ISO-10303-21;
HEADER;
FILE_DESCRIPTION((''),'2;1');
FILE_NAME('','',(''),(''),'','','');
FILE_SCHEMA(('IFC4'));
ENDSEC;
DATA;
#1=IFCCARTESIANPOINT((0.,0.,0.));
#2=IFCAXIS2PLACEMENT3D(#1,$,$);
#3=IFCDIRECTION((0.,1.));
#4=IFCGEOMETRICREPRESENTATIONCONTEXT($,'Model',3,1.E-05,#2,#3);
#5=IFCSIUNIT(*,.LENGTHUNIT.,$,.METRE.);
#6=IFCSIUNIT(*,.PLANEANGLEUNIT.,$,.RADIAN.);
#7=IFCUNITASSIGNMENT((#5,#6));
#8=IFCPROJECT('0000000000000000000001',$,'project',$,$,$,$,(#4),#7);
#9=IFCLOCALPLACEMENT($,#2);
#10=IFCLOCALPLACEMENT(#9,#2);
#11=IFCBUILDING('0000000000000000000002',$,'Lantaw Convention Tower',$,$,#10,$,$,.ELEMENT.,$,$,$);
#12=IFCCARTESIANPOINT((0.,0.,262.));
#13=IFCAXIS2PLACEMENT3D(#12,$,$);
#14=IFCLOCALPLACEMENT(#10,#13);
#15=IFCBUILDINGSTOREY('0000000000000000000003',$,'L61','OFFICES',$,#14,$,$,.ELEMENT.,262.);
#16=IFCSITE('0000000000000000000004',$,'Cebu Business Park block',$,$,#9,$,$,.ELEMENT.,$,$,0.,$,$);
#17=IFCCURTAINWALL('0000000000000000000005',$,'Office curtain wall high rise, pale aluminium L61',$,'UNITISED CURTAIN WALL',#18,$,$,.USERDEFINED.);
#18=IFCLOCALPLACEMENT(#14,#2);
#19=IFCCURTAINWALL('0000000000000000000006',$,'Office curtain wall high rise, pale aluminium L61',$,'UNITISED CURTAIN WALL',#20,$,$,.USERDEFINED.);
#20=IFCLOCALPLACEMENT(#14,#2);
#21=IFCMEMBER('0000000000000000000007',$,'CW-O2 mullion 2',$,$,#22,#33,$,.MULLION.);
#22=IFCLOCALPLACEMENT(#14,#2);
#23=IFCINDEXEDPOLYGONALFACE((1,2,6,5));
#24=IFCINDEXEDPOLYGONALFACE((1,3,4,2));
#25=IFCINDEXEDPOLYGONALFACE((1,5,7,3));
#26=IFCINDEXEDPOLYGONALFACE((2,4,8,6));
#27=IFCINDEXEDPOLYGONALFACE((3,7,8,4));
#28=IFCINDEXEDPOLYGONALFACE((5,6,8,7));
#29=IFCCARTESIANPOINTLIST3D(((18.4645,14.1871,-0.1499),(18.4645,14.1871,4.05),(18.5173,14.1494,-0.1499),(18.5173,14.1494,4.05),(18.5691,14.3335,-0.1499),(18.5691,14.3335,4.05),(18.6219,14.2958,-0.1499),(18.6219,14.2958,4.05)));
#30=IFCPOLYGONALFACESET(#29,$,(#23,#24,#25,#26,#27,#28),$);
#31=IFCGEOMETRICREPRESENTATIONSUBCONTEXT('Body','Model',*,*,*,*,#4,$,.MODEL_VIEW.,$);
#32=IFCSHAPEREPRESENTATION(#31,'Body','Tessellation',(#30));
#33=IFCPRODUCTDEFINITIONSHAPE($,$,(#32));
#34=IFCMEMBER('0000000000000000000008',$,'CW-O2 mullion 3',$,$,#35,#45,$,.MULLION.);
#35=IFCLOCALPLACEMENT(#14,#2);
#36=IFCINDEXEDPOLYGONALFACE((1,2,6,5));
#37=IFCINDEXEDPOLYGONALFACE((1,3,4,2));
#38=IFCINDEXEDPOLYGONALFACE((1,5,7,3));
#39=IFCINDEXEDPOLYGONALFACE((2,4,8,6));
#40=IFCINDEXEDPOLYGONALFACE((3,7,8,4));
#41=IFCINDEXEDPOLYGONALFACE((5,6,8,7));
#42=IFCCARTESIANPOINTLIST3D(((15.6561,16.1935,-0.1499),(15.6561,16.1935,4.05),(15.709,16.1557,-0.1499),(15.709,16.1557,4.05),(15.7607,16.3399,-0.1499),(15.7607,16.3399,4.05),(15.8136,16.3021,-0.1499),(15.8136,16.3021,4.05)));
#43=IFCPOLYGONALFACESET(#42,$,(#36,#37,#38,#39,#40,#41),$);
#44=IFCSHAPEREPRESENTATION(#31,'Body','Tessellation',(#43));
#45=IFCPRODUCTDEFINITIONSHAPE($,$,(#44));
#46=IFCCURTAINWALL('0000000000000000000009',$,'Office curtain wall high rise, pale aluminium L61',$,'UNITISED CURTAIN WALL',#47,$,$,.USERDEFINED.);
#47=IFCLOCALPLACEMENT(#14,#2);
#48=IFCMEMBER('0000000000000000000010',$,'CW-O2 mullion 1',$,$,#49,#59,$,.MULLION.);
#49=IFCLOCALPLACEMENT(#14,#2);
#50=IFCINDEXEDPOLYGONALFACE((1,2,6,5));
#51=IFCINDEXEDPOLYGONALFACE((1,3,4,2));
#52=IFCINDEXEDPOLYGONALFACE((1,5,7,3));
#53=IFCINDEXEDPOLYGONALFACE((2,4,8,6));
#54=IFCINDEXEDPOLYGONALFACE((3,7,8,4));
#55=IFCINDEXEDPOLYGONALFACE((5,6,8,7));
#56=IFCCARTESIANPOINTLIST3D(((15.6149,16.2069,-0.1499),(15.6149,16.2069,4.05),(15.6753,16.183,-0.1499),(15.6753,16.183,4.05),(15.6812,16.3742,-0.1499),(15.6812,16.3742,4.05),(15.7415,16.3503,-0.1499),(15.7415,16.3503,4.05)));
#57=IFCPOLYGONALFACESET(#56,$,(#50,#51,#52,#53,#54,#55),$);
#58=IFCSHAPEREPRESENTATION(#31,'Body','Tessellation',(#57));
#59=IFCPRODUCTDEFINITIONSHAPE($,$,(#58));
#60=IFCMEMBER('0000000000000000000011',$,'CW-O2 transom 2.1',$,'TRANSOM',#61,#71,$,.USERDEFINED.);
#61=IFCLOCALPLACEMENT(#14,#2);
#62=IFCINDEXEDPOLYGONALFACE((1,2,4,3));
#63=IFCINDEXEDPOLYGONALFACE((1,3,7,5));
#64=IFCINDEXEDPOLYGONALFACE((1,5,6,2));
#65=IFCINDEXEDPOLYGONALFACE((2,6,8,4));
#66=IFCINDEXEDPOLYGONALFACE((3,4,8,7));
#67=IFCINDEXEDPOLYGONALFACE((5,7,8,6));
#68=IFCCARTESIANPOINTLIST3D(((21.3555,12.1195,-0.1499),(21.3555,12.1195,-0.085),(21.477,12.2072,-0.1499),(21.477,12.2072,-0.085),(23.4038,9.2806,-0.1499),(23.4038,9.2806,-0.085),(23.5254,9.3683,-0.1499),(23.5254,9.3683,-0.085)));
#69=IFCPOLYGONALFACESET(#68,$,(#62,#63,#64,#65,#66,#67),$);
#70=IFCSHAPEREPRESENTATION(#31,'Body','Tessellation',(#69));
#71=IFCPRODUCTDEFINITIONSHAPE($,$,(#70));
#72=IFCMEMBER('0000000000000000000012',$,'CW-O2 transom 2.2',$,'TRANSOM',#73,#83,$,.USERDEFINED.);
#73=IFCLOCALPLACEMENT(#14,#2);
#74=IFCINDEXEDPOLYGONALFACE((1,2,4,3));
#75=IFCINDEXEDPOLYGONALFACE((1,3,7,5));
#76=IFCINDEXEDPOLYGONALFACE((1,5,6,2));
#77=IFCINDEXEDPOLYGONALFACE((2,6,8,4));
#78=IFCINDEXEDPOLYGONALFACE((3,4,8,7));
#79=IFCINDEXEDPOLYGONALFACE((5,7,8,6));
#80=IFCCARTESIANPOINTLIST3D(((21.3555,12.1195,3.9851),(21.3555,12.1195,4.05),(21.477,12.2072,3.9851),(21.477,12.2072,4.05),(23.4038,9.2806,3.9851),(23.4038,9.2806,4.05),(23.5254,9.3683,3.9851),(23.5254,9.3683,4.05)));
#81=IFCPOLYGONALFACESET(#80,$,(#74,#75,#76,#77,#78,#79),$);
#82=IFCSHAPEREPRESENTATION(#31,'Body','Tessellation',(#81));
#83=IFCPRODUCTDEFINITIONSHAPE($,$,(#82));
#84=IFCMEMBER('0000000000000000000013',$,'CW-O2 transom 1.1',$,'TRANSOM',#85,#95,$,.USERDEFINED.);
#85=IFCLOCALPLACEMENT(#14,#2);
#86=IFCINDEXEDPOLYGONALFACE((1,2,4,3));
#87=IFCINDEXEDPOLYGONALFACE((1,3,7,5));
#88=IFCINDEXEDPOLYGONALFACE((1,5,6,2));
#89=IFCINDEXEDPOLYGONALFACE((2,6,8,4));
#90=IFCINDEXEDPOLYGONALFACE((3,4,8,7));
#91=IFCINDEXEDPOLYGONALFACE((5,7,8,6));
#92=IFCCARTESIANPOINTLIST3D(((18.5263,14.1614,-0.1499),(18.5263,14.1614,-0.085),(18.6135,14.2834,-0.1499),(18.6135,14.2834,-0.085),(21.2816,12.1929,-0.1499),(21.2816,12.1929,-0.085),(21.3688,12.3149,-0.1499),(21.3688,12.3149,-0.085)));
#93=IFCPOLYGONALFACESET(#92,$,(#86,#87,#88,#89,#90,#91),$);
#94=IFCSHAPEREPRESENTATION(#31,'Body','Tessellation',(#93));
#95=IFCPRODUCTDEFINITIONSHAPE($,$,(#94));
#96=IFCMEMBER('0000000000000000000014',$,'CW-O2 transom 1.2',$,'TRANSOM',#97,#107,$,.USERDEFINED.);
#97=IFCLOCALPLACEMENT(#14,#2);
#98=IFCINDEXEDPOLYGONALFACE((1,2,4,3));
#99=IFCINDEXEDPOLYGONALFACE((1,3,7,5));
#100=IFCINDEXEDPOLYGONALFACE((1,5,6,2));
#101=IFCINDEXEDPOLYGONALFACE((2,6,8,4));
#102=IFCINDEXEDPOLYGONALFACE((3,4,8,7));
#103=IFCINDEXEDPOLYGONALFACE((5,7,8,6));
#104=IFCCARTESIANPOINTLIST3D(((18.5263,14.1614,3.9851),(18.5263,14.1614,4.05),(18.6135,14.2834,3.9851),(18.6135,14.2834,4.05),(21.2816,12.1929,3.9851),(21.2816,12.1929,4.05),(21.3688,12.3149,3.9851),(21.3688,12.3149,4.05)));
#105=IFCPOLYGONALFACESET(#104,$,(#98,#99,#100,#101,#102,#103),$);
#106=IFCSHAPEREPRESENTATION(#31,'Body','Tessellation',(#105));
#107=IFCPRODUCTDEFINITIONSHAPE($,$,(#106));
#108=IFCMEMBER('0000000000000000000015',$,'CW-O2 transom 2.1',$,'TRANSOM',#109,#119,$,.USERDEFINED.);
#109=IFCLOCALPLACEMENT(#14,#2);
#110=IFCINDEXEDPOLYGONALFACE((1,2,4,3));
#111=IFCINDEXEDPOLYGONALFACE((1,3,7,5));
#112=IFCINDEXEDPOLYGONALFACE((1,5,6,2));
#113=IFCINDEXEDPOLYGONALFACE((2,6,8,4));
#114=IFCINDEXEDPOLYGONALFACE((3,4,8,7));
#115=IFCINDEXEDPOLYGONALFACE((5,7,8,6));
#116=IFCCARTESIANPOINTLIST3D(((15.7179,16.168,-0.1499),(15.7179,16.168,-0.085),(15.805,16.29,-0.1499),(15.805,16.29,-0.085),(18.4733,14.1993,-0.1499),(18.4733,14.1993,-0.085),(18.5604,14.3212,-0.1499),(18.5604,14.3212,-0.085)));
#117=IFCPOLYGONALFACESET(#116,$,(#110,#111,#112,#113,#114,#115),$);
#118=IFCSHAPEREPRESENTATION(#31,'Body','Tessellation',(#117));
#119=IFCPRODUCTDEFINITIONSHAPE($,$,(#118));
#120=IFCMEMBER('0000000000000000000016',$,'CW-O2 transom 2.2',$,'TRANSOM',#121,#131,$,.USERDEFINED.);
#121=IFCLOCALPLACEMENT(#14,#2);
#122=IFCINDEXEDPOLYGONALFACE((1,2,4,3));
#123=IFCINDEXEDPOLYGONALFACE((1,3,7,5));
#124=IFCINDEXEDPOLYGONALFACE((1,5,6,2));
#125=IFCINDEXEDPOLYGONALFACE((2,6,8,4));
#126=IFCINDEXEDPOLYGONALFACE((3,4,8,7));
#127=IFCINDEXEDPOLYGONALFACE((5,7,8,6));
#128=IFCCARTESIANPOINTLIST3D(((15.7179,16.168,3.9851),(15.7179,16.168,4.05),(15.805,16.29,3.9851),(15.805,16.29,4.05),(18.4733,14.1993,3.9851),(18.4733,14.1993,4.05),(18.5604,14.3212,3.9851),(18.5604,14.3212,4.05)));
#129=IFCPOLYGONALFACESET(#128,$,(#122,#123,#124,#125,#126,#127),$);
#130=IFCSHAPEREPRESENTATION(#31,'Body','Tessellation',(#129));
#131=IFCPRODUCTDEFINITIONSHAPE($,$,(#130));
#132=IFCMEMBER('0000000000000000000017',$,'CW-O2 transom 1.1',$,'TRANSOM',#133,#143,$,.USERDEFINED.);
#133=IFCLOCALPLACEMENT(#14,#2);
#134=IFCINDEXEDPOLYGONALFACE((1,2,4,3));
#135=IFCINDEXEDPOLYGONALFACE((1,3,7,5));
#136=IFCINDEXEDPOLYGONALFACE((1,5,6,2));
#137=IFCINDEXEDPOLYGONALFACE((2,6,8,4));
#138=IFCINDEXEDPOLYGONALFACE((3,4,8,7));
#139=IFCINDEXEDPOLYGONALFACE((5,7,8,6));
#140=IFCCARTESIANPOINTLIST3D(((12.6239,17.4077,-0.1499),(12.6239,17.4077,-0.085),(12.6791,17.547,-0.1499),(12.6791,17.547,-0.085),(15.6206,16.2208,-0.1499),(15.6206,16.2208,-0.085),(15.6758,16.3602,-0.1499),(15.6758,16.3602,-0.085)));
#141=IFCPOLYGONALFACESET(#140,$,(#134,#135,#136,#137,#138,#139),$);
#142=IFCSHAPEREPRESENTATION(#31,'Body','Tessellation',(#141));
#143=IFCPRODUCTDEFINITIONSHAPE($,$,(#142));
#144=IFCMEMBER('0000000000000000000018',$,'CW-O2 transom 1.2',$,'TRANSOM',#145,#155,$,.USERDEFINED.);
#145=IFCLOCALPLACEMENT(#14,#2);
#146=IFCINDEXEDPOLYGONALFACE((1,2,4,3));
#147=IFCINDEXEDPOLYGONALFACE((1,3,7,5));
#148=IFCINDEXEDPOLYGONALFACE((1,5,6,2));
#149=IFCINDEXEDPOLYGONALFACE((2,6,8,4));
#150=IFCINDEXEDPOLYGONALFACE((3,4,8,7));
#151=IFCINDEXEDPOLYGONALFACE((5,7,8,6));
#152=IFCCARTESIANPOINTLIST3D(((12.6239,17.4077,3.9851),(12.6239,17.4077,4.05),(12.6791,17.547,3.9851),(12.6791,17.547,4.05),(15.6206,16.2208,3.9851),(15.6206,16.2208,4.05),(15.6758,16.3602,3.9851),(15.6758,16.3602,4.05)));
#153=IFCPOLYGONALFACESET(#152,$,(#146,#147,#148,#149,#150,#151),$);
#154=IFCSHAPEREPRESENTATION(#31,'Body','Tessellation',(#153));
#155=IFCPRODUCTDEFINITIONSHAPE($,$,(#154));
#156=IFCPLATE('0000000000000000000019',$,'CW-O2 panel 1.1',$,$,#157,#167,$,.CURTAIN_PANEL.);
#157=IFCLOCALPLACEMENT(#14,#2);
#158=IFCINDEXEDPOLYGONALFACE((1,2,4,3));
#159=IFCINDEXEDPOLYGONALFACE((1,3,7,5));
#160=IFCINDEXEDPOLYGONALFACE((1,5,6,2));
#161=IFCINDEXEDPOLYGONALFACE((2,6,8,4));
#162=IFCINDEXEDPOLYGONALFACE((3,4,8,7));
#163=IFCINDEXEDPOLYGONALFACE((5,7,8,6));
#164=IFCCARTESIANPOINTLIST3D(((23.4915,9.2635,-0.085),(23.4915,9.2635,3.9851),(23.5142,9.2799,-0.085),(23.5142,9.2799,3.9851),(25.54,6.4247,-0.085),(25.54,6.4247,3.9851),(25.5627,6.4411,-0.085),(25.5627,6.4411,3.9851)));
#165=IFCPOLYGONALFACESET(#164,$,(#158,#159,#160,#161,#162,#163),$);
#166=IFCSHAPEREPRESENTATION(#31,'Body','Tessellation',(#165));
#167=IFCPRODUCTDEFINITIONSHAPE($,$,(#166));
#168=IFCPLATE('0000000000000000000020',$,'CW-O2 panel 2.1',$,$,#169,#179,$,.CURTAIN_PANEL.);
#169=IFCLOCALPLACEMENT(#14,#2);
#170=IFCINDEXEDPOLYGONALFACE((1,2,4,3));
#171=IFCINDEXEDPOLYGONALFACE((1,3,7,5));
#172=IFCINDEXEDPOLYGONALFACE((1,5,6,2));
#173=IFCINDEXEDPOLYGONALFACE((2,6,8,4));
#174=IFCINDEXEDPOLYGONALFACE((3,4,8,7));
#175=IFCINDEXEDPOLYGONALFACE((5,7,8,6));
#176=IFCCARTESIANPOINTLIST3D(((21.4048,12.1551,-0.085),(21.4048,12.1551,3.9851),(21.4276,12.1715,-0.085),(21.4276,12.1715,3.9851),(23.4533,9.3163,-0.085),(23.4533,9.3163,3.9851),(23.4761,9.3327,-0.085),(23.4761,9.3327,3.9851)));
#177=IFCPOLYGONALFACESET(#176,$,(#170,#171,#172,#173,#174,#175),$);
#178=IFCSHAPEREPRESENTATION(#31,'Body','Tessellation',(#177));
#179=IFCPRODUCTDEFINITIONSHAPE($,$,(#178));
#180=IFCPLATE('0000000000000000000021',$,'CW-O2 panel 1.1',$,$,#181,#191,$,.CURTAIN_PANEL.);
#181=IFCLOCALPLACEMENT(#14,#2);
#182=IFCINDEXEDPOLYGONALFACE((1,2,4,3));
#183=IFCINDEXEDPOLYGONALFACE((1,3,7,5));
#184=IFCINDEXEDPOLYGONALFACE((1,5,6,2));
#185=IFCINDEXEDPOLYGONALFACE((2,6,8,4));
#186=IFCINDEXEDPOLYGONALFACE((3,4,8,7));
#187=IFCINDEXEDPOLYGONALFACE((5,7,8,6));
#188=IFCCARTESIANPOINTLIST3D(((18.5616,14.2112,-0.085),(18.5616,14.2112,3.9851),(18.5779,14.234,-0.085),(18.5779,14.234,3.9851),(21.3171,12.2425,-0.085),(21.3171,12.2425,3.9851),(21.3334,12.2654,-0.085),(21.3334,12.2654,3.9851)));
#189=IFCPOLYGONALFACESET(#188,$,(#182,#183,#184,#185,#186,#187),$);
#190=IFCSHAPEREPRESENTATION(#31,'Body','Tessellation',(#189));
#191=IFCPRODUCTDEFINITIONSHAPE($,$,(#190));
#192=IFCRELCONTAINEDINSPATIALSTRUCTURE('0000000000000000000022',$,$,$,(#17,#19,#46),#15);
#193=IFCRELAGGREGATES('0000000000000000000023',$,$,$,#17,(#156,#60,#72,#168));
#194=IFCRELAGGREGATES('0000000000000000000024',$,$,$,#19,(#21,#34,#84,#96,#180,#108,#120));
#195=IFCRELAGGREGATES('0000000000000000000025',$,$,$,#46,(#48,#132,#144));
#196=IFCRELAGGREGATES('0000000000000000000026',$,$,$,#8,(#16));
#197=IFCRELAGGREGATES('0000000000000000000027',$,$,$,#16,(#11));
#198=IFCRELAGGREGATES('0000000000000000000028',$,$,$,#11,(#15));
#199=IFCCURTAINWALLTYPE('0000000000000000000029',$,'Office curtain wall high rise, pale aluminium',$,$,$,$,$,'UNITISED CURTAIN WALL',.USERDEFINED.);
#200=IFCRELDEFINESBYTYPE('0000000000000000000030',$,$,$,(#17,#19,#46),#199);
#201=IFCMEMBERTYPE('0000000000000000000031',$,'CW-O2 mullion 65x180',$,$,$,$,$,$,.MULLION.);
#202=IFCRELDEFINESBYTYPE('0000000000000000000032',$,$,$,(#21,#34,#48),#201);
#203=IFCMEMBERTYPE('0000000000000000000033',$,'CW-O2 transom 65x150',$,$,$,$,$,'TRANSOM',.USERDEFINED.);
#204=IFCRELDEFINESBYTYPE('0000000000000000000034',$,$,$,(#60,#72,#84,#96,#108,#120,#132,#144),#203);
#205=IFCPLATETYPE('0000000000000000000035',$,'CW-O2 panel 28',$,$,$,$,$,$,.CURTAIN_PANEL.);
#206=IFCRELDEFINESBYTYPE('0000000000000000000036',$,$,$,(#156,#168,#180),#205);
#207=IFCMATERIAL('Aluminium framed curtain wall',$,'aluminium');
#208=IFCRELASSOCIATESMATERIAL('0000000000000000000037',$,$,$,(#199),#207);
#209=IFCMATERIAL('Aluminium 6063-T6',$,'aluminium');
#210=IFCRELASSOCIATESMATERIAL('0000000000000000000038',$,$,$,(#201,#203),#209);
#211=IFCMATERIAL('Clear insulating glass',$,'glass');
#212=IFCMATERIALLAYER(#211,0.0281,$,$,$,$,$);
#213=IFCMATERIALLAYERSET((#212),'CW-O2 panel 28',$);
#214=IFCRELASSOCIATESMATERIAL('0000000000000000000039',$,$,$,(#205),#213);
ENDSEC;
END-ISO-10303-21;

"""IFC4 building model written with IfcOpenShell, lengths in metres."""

from ifc_helpers import new_model, si_unit, direction, frame, origin, origin_2d, place, context, subcontext, project, spatial, rectangle, extrude, material, layer, layer_set, material_profile, profile_set, type_object, element, aggregate, save


model = new_model("IFC4")

# Units and contexts
model_context = context("Model", 3, precision=1e-05, world=origin(), true_north=direction((0.0, 1.0)))
body_context = subcontext(model_context, "Body", "Model", "MODEL_VIEW")
ifc_project = project(units=[si_unit("LENGTHUNIT", "METRE"), si_unit("PLANEANGLEUNIT", "RADIAN")], contexts=[model_context])

# Site, building, storey
site_placement = place(None, origin())
site = spatial("IfcSite", under=ifc_project, at=site_placement, Name="Cebu Business Park block", CompositionType="ELEMENT", RefElevation=0.0)
building_placement = place(site_placement, origin())
building = spatial("IfcBuilding", under=site, at=building_placement, Name="Lantaw Convention Tower", CompositionType="ELEMENT")
storey_placement = place(building_placement, frame((0.0, 0.0, 262.0)))
storey = spatial("IfcBuildingStorey", under=building, at=storey_placement, Name="L61", Description="OFFICES", CompositionType="ELEMENT", Elevation=262.0)

# Curtain walls, members
ifc_material_1 = material(Name="Aluminium framed curtain wall", Category="aluminium")
curtain_wall_type = type_object("IfcCurtainWallType", Name="Office curtain wall high rise, pale aluminium", ElementType="UNITISED CURTAIN WALL", PredefinedType="USERDEFINED", material=ifc_material_1)
curtain_wall_1_placement = place(storey_placement, origin())
curtain_wall_1 = element("IfcCurtainWall", 1, at=curtain_wall_1_placement, inside=storey, type_object=curtain_wall_type, Name="Office curtain wall high rise, pale aluminium L61", ObjectType="UNITISED CURTAIN WALL", PredefinedType="USERDEFINED")
ifc_material_2 = material(Name="Aluminium 6063-T6", Category="aluminium")
ifc_material_profile_1 = material_profile(ifc_material_2, rectangle(XDim=0.1799, YDim=0.0649, at=origin_2d()), Name="CW-O2 mullion 65x180")
ifc_profile_set_1 = profile_set([ifc_material_profile_1], Name="Aluminium 6063-T6")
member_type_1 = type_object("IfcMemberType", Name="CW-O2 mullion 65x180", PredefinedType="MULLION", material=ifc_profile_set_1)
curtain_wall_2_placement = place(storey_placement, origin())
curtain_wall_2 = element("IfcCurtainWall", 2, at=curtain_wall_2_placement, inside=storey, type_object=curtain_wall_type, Name="Office curtain wall high rise, pale aluminium L61", ObjectType="UNITISED CURTAIN WALL", PredefinedType="USERDEFINED")
member_1_placement = place(storey_placement, frame((18.5432, 14.2415, -0.1499), z_axis=(0.0, 0.0, 1.0), x_axis=(-0.581323, -0.813673, 0.0)))
member_1 = element("IfcMember", 3, at=member_1_placement, type_object=member_type_1, Name="CW-O2 mullion 2", PredefinedType="MULLION", context=body_context, shape_type="SweptSolid", body=[
    extrude(rectangle(XDim=0.1799, YDim=0.0649, at=origin_2d()), origin(), (0.0, 0.0, 1.0), 4.2),
])
member_2_placement = place(storey_placement, frame((15.7349, 16.2478, -0.1499), z_axis=(0.0, 0.0, 1.0), x_axis=(-0.581323, -0.813673, 0.0)))
member_2 = element("IfcMember", 4, at=member_2_placement, type_object=member_type_1, Name="CW-O2 mullion 3", PredefinedType="MULLION", context=body_context, shape_type="SweptSolid", body=[
    extrude(rectangle(XDim=0.1799, YDim=0.0649, at=origin_2d()), origin(), (0.0, 0.0, 1.0), 4.2),
])

# Curtain wall, member
curtain_wall_3_placement = place(storey_placement, origin())
curtain_wall_3 = element("IfcCurtainWall", 5, at=curtain_wall_3_placement, inside=storey, type_object=curtain_wall_type, Name="Office curtain wall high rise, pale aluminium L61", ObjectType="UNITISED CURTAIN WALL", PredefinedType="USERDEFINED")
member_3_placement = place(storey_placement, frame((15.6782, 16.2786, -0.1499), z_axis=(0.0, 0.0, 1.0), x_axis=(-0.368162, -0.929762, 0.0)))
member_3 = element("IfcMember", 6, at=member_3_placement, type_object=member_type_1, Name="CW-O2 mullion 1", PredefinedType="MULLION", context=body_context, shape_type="SweptSolid", body=[
    extrude(rectangle(XDim=0.1799, YDim=0.0649, at=origin_2d()), origin(), (0.0, 0.0, 1.0), 4.2),
])

# Members
ifc_material_profile_2 = material_profile(ifc_material_2, rectangle(XDim=0.1499, YDim=0.0649, at=origin_2d()), Name="CW-O2 transom 65x150")
ifc_profile_set_2 = profile_set([ifc_material_profile_2], Name="Aluminium 6063-T6")
member_type_2 = type_object("IfcMemberType", Name="CW-O2 transom 65x150", ElementType="TRANSOM", PredefinedType="USERDEFINED", material=ifc_profile_set_2)
member_4_placement = place(storey_placement, frame((23.4646, 9.3245, -0.1174), z_axis=(-0.585124, 0.810944, 0.0), x_axis=(-0.810944, -0.585124, 0.0)))
member_4 = element("IfcMember", 7, at=member_4_placement, type_object=member_type_2, Name="CW-O2 transom 2.1", ObjectType="TRANSOM", PredefinedType="USERDEFINED", context=body_context, shape_type="SweptSolid", body=[
    extrude(rectangle(XDim=0.1499, YDim=0.0649, at=origin_2d()), origin(), (0.0, 0.0, 1.0), 3.5007),
])
member_5_placement = place(storey_placement, frame((23.4646, 9.3245, 4.0176), z_axis=(-0.585124, 0.810944, 0.0), x_axis=(-0.810944, -0.585124, 0.0)))
member_5 = element("IfcMember", 8, at=member_5_placement, type_object=member_type_2, Name="CW-O2 transom 2.2", ObjectType="TRANSOM", PredefinedType="USERDEFINED", context=body_context, shape_type="SweptSolid", body=[
    extrude(rectangle(XDim=0.1499, YDim=0.0649, at=origin_2d()), origin(), (0.0, 0.0, 1.0), 3.5007),
])
member_6_placement = place(storey_placement, frame((21.3252, 12.2539, -0.1174), z_axis=(-0.81368, 0.581313, 0.0), x_axis=(-0.581313, -0.81368, 0.0)))
member_6 = element("IfcMember", 9, at=member_6_placement, type_object=member_type_2, Name="CW-O2 transom 1.1", ObjectType="TRANSOM", PredefinedType="USERDEFINED", context=body_context, shape_type="SweptSolid", body=[
    extrude(rectangle(XDim=0.1499, YDim=0.0649, at=origin_2d()), origin(), (0.0, 0.0, 1.0), 3.3862),
])
member_7_placement = place(storey_placement, frame((21.3252, 12.2539, 4.0176), z_axis=(-0.81368, 0.581313, 0.0), x_axis=(-0.581313, -0.81368, 0.0)))
member_7 = element("IfcMember", 10, at=member_7_placement, type_object=member_type_2, Name="CW-O2 transom 1.2", ObjectType="TRANSOM", PredefinedType="USERDEFINED", context=body_context, shape_type="SweptSolid", body=[
    extrude(rectangle(XDim=0.1499, YDim=0.0649, at=origin_2d()), origin(), (0.0, 0.0, 1.0), 3.3862),
])
member_8_placement = place(storey_placement, frame((18.5168, 14.2603, -0.1174), z_axis=(-0.813646, 0.581361, 0.0), x_axis=(-0.581361, -0.813646, 0.0)))
member_8 = element("IfcMember", 11, at=member_8_placement, type_object=member_type_2, Name="CW-O2 transom 2.1", ObjectType="TRANSOM", PredefinedType="USERDEFINED", context=body_context, shape_type="SweptSolid", body=[
    extrude(rectangle(XDim=0.1499, YDim=0.0649, at=origin_2d()), origin(), (0.0, 0.0, 1.0), 3.3865),
])
member_9_placement = place(storey_placement, frame((18.5168, 14.2603, 4.0176), z_axis=(-0.813646, 0.581361, 0.0), x_axis=(-0.581361, -0.813646, 0.0)))
member_9 = element("IfcMember", 12, at=member_9_placement, type_object=member_type_2, Name="CW-O2 transom 2.2", ObjectType="TRANSOM", PredefinedType="USERDEFINED", context=body_context, shape_type="SweptSolid", body=[
    extrude(rectangle(XDim=0.1499, YDim=0.0649, at=origin_2d()), origin(), (0.0, 0.0, 1.0), 3.3865),
])
member_10_placement = place(storey_placement, frame((15.6482, 16.2905, -0.1174), z_axis=(-0.929741, 0.368215, 0.0), x_axis=(-0.368215, -0.929741, 0.0)))
member_10 = element("IfcMember", 13, at=member_10_placement, type_object=member_type_2, Name="CW-O2 transom 1.1", ObjectType="TRANSOM", PredefinedType="USERDEFINED", context=body_context, shape_type="SweptSolid", body=[
    extrude(rectangle(XDim=0.1499, YDim=0.0649, at=origin_2d()), origin(), (0.0, 0.0, 1.0), 3.2231),
])
member_11_placement = place(storey_placement, frame((15.6482, 16.2905, 4.0176), z_axis=(-0.929741, 0.368215, 0.0), x_axis=(-0.368215, -0.929741, 0.0)))
member_11 = element("IfcMember", 14, at=member_11_placement, type_object=member_type_2, Name="CW-O2 transom 1.2", ObjectType="TRANSOM", PredefinedType="USERDEFINED", context=body_context, shape_type="SweptSolid", body=[
    extrude(rectangle(XDim=0.1499, YDim=0.0649, at=origin_2d()), origin(), (0.0, 0.0, 1.0), 3.2231),
])

# Plates
ifc_material_3 = material(Name="Clear insulating glass", Category="glass")
ifc_layer_1 = layer(ifc_material_3, 0.0281)
ifc_layer_set_1 = layer_set([ifc_layer_1], Name="CW-O2 panel 28")
plate_type_1 = type_object("IfcPlateType", Name="CW-O2 panel 28", PredefinedType="CURTAIN_PANEL", material=ifc_layer_set_1)
plate_1_placement = place(storey_placement, frame((24.5271, 7.8523, -0.085), z_axis=(0.0, 0.0, 1.0), x_axis=(-0.585158, 0.81092, 0.0)))
plate_1 = element("IfcPlate", 15, at=plate_1_placement, type_object=plate_type_1, Name="CW-O2 panel 1.1", PredefinedType="CURTAIN_PANEL", context=body_context, shape_type="SweptSolid", body=[
    extrude(rectangle(XDim=3.5007, YDim=0.0281, at=origin_2d()), origin(), (0.0, 0.0, 1.0), 4.0701),
])
plate_2_placement = place(storey_placement, frame((22.4404, 10.7439, -0.085), z_axis=(0.0, 0.0, 1.0), x_axis=(-0.585158, 0.81092, 0.0)))
plate_2 = element("IfcPlate", 16, at=plate_2_placement, type_object=plate_type_1, Name="CW-O2 panel 2.1", PredefinedType="CURTAIN_PANEL", context=body_context, shape_type="SweptSolid", body=[
    extrude(rectangle(XDim=3.5007, YDim=0.0281, at=origin_2d()), origin(), (0.0, 0.0, 1.0), 4.0701),
])
aggregate(curtain_wall_1, [plate_1, member_4, member_5, plate_2])
plate_3_placement = place(storey_placement, frame((19.9475, 13.2383, -0.085), z_axis=(0.0, 0.0, 1.0), x_axis=(-0.813673, 0.581323, 0.0)))
plate_3 = element("IfcPlate", 17, at=plate_3_placement, type_object=plate_type_1, Name="CW-O2 panel 1.1", PredefinedType="CURTAIN_PANEL", context=body_context, shape_type="SweptSolid", body=[
    extrude(rectangle(XDim=3.3865, YDim=0.0281, at=origin_2d()), origin(), (0.0, 0.0, 1.0), 4.0701),
])
aggregate(curtain_wall_2, [member_1, member_2, member_6, member_7, plate_3, member_8, member_9])
aggregate(curtain_wall_3, [member_3, member_10, member_11])

save(model, "model.ifc")
